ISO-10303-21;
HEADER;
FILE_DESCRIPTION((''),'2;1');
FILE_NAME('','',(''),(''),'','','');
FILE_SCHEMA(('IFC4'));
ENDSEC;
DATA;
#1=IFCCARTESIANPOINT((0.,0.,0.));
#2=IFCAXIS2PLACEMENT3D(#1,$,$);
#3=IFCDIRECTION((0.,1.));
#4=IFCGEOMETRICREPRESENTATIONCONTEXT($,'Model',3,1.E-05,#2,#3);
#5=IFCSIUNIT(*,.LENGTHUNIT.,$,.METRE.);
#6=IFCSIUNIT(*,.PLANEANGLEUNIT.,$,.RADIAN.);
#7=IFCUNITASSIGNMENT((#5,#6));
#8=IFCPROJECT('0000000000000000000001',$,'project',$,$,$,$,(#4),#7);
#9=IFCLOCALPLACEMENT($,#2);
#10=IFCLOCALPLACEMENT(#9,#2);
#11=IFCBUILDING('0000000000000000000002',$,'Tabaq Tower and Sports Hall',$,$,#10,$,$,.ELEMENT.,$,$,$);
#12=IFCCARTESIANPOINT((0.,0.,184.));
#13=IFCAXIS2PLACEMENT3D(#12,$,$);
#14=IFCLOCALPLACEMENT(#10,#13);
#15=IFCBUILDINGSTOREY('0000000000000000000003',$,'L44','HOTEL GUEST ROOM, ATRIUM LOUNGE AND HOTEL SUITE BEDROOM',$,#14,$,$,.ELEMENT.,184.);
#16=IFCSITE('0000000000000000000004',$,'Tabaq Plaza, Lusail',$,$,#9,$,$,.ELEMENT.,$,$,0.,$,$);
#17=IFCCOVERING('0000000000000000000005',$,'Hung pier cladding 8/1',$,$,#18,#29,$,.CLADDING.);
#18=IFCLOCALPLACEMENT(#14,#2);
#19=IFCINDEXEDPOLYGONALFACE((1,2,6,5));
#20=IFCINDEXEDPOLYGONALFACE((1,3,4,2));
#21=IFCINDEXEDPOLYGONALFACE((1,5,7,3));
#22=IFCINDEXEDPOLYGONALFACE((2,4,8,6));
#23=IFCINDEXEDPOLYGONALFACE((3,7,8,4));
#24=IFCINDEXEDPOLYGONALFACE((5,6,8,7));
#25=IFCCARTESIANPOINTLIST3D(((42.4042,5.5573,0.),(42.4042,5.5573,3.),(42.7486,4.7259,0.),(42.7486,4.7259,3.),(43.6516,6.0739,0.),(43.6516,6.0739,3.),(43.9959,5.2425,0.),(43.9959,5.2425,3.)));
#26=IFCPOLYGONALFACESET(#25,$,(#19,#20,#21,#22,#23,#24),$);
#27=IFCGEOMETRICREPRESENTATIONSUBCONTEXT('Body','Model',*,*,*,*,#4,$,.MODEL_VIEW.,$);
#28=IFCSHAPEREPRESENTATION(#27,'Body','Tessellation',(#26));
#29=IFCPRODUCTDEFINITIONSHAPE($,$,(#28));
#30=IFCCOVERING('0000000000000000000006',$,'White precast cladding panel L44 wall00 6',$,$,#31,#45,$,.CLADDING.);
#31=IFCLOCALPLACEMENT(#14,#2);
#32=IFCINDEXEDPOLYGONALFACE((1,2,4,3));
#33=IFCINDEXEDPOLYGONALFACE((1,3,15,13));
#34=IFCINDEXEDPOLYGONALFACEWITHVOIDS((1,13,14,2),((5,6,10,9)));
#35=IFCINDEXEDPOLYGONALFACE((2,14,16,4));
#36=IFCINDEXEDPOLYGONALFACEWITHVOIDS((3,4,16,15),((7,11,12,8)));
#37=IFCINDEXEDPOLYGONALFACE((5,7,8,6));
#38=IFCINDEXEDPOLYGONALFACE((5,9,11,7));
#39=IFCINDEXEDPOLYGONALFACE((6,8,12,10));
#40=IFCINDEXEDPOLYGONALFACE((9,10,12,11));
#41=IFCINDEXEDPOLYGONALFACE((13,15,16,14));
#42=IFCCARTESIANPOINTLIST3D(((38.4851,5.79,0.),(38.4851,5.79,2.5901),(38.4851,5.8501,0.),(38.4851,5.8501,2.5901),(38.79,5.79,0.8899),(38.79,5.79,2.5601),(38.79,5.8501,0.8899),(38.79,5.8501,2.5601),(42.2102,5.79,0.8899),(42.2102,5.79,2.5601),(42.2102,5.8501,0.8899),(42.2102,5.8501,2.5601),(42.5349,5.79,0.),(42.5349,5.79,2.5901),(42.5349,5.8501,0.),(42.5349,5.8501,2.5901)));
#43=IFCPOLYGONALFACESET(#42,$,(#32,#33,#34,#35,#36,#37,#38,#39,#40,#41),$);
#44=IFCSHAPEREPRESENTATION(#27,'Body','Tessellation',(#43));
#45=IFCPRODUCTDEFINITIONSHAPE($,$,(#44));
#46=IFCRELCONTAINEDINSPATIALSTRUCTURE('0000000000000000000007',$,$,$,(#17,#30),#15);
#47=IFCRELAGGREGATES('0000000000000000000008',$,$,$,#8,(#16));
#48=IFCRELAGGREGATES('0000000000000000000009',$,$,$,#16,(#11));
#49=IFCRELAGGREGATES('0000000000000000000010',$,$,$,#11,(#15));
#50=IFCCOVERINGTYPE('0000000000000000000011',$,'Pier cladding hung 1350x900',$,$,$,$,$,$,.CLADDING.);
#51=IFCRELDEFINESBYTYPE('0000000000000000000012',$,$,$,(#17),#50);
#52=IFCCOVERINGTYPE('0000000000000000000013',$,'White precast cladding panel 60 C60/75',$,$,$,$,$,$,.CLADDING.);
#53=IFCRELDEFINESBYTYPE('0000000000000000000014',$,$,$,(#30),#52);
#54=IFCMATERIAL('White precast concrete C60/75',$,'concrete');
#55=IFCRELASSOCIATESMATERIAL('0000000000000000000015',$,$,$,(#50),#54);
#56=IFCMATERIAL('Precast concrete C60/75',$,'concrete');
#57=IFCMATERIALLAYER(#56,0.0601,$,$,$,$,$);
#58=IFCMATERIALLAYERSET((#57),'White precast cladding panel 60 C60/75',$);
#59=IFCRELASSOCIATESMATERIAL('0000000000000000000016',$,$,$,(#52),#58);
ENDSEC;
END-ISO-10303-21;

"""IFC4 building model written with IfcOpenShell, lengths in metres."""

from ifc_helpers import new_model, si_unit, direction, frame, frame_2d, origin, place, context, subcontext, project, spatial, polyline, rectangle, outline, extrude, material, layer, layer_set, type_object, element, save


model = new_model("IFC4")

# Units and contexts
model_context = context("Model", 3, precision=1e-05, world=origin(), true_north=direction((0.0, 1.0)))
body_context = subcontext(model_context, "Body", "Model", "MODEL_VIEW")
ifc_project = project(units=[si_unit("LENGTHUNIT", "METRE"), si_unit("PLANEANGLEUNIT", "RADIAN")], contexts=[model_context])

# Site, building, storey
site_placement = place(None, origin())
site = spatial("IfcSite", under=ifc_project, at=site_placement, Name="Tabaq Plaza, Lusail", CompositionType="ELEMENT", RefElevation=0.0)
building_placement = place(site_placement, origin())
building = spatial("IfcBuilding", under=site, at=building_placement, Name="Tabaq Tower and Sports Hall", CompositionType="ELEMENT")
storey_placement = place(building_placement, frame((0.0, 0.0, 184.0)))
storey = spatial("IfcBuildingStorey", under=building, at=storey_placement, Name="L44", Description="HOTEL GUEST ROOM, ATRIUM LOUNGE AND HOTEL SUITE BEDROOM", CompositionType="ELEMENT", Elevation=184.0)

# Coverings
ifc_material_1 = material(Name="White precast concrete C60/75", Category="concrete")
covering_type_1 = type_object("IfcCoveringType", Name="Pier cladding hung 1350x900", PredefinedType="CLADDING", material=ifc_material_1)
covering_1_placement = place(storey_placement, frame((42.5764, 5.1416, 0.0), z_axis=(0.0, 0.0, 1.0), x_axis=(0.923893, 0.38265, 0.0)))
element("IfcCovering", 1, at=covering_1_placement, inside=storey, type_object=covering_type_1, Name="Hung pier cladding 8/1", PredefinedType="CLADDING", context=body_context, shape_type="SweptSolid", body=[
    extrude(rectangle(XDim=1.3501, YDim=0.8999, at=frame_2d((0.675, 0.0))), origin(), (0.0, 0.0, 1.0), 3.0),
])
ifc_material_2 = material(Name="Precast concrete C60/75", Category="concrete")
ifc_layer_1 = layer(ifc_material_2, 0.0601)
ifc_layer_set_1 = layer_set([ifc_layer_1], Name="White precast cladding panel 60 C60/75")
covering_type_2 = type_object("IfcCoveringType", Name="White precast cladding panel 60 C60/75", PredefinedType="CLADDING", material=ifc_layer_set_1)
covering_2_placement = place(storey_placement, frame((38.4851, 5.8201, 0.0), z_axis=(0.0, 0.0, 1.0), x_axis=(1.0, 0.0, 0.0)))
element("IfcCovering", 2, at=covering_2_placement, inside=storey, type_object=covering_type_2, Name="White precast cladding panel L44 wall00 6", PredefinedType="CLADDING", context=body_context, shape_type="SweptSolid", body=[
    extrude(outline(polyline([(0.0, 0.0), (4.0498, 0.0), (4.0498, 2.5901), (0.0, 2.5901), (0.0, 0.0)]), holes=[polyline([(3.7251, 0.8899), (0.3049, 0.8899), (0.3049, 2.5601), (3.7251, 2.5601), (3.7251, 0.8899)])]), frame((0.0, 0.03, 0.0), z_axis=(0.0, -1.0, 0.0), x_axis=(1.0, 0.0, 0.0)), (0.0, 0.0, 1.0), 0.0601),
])

save(model, "model.ifc")
